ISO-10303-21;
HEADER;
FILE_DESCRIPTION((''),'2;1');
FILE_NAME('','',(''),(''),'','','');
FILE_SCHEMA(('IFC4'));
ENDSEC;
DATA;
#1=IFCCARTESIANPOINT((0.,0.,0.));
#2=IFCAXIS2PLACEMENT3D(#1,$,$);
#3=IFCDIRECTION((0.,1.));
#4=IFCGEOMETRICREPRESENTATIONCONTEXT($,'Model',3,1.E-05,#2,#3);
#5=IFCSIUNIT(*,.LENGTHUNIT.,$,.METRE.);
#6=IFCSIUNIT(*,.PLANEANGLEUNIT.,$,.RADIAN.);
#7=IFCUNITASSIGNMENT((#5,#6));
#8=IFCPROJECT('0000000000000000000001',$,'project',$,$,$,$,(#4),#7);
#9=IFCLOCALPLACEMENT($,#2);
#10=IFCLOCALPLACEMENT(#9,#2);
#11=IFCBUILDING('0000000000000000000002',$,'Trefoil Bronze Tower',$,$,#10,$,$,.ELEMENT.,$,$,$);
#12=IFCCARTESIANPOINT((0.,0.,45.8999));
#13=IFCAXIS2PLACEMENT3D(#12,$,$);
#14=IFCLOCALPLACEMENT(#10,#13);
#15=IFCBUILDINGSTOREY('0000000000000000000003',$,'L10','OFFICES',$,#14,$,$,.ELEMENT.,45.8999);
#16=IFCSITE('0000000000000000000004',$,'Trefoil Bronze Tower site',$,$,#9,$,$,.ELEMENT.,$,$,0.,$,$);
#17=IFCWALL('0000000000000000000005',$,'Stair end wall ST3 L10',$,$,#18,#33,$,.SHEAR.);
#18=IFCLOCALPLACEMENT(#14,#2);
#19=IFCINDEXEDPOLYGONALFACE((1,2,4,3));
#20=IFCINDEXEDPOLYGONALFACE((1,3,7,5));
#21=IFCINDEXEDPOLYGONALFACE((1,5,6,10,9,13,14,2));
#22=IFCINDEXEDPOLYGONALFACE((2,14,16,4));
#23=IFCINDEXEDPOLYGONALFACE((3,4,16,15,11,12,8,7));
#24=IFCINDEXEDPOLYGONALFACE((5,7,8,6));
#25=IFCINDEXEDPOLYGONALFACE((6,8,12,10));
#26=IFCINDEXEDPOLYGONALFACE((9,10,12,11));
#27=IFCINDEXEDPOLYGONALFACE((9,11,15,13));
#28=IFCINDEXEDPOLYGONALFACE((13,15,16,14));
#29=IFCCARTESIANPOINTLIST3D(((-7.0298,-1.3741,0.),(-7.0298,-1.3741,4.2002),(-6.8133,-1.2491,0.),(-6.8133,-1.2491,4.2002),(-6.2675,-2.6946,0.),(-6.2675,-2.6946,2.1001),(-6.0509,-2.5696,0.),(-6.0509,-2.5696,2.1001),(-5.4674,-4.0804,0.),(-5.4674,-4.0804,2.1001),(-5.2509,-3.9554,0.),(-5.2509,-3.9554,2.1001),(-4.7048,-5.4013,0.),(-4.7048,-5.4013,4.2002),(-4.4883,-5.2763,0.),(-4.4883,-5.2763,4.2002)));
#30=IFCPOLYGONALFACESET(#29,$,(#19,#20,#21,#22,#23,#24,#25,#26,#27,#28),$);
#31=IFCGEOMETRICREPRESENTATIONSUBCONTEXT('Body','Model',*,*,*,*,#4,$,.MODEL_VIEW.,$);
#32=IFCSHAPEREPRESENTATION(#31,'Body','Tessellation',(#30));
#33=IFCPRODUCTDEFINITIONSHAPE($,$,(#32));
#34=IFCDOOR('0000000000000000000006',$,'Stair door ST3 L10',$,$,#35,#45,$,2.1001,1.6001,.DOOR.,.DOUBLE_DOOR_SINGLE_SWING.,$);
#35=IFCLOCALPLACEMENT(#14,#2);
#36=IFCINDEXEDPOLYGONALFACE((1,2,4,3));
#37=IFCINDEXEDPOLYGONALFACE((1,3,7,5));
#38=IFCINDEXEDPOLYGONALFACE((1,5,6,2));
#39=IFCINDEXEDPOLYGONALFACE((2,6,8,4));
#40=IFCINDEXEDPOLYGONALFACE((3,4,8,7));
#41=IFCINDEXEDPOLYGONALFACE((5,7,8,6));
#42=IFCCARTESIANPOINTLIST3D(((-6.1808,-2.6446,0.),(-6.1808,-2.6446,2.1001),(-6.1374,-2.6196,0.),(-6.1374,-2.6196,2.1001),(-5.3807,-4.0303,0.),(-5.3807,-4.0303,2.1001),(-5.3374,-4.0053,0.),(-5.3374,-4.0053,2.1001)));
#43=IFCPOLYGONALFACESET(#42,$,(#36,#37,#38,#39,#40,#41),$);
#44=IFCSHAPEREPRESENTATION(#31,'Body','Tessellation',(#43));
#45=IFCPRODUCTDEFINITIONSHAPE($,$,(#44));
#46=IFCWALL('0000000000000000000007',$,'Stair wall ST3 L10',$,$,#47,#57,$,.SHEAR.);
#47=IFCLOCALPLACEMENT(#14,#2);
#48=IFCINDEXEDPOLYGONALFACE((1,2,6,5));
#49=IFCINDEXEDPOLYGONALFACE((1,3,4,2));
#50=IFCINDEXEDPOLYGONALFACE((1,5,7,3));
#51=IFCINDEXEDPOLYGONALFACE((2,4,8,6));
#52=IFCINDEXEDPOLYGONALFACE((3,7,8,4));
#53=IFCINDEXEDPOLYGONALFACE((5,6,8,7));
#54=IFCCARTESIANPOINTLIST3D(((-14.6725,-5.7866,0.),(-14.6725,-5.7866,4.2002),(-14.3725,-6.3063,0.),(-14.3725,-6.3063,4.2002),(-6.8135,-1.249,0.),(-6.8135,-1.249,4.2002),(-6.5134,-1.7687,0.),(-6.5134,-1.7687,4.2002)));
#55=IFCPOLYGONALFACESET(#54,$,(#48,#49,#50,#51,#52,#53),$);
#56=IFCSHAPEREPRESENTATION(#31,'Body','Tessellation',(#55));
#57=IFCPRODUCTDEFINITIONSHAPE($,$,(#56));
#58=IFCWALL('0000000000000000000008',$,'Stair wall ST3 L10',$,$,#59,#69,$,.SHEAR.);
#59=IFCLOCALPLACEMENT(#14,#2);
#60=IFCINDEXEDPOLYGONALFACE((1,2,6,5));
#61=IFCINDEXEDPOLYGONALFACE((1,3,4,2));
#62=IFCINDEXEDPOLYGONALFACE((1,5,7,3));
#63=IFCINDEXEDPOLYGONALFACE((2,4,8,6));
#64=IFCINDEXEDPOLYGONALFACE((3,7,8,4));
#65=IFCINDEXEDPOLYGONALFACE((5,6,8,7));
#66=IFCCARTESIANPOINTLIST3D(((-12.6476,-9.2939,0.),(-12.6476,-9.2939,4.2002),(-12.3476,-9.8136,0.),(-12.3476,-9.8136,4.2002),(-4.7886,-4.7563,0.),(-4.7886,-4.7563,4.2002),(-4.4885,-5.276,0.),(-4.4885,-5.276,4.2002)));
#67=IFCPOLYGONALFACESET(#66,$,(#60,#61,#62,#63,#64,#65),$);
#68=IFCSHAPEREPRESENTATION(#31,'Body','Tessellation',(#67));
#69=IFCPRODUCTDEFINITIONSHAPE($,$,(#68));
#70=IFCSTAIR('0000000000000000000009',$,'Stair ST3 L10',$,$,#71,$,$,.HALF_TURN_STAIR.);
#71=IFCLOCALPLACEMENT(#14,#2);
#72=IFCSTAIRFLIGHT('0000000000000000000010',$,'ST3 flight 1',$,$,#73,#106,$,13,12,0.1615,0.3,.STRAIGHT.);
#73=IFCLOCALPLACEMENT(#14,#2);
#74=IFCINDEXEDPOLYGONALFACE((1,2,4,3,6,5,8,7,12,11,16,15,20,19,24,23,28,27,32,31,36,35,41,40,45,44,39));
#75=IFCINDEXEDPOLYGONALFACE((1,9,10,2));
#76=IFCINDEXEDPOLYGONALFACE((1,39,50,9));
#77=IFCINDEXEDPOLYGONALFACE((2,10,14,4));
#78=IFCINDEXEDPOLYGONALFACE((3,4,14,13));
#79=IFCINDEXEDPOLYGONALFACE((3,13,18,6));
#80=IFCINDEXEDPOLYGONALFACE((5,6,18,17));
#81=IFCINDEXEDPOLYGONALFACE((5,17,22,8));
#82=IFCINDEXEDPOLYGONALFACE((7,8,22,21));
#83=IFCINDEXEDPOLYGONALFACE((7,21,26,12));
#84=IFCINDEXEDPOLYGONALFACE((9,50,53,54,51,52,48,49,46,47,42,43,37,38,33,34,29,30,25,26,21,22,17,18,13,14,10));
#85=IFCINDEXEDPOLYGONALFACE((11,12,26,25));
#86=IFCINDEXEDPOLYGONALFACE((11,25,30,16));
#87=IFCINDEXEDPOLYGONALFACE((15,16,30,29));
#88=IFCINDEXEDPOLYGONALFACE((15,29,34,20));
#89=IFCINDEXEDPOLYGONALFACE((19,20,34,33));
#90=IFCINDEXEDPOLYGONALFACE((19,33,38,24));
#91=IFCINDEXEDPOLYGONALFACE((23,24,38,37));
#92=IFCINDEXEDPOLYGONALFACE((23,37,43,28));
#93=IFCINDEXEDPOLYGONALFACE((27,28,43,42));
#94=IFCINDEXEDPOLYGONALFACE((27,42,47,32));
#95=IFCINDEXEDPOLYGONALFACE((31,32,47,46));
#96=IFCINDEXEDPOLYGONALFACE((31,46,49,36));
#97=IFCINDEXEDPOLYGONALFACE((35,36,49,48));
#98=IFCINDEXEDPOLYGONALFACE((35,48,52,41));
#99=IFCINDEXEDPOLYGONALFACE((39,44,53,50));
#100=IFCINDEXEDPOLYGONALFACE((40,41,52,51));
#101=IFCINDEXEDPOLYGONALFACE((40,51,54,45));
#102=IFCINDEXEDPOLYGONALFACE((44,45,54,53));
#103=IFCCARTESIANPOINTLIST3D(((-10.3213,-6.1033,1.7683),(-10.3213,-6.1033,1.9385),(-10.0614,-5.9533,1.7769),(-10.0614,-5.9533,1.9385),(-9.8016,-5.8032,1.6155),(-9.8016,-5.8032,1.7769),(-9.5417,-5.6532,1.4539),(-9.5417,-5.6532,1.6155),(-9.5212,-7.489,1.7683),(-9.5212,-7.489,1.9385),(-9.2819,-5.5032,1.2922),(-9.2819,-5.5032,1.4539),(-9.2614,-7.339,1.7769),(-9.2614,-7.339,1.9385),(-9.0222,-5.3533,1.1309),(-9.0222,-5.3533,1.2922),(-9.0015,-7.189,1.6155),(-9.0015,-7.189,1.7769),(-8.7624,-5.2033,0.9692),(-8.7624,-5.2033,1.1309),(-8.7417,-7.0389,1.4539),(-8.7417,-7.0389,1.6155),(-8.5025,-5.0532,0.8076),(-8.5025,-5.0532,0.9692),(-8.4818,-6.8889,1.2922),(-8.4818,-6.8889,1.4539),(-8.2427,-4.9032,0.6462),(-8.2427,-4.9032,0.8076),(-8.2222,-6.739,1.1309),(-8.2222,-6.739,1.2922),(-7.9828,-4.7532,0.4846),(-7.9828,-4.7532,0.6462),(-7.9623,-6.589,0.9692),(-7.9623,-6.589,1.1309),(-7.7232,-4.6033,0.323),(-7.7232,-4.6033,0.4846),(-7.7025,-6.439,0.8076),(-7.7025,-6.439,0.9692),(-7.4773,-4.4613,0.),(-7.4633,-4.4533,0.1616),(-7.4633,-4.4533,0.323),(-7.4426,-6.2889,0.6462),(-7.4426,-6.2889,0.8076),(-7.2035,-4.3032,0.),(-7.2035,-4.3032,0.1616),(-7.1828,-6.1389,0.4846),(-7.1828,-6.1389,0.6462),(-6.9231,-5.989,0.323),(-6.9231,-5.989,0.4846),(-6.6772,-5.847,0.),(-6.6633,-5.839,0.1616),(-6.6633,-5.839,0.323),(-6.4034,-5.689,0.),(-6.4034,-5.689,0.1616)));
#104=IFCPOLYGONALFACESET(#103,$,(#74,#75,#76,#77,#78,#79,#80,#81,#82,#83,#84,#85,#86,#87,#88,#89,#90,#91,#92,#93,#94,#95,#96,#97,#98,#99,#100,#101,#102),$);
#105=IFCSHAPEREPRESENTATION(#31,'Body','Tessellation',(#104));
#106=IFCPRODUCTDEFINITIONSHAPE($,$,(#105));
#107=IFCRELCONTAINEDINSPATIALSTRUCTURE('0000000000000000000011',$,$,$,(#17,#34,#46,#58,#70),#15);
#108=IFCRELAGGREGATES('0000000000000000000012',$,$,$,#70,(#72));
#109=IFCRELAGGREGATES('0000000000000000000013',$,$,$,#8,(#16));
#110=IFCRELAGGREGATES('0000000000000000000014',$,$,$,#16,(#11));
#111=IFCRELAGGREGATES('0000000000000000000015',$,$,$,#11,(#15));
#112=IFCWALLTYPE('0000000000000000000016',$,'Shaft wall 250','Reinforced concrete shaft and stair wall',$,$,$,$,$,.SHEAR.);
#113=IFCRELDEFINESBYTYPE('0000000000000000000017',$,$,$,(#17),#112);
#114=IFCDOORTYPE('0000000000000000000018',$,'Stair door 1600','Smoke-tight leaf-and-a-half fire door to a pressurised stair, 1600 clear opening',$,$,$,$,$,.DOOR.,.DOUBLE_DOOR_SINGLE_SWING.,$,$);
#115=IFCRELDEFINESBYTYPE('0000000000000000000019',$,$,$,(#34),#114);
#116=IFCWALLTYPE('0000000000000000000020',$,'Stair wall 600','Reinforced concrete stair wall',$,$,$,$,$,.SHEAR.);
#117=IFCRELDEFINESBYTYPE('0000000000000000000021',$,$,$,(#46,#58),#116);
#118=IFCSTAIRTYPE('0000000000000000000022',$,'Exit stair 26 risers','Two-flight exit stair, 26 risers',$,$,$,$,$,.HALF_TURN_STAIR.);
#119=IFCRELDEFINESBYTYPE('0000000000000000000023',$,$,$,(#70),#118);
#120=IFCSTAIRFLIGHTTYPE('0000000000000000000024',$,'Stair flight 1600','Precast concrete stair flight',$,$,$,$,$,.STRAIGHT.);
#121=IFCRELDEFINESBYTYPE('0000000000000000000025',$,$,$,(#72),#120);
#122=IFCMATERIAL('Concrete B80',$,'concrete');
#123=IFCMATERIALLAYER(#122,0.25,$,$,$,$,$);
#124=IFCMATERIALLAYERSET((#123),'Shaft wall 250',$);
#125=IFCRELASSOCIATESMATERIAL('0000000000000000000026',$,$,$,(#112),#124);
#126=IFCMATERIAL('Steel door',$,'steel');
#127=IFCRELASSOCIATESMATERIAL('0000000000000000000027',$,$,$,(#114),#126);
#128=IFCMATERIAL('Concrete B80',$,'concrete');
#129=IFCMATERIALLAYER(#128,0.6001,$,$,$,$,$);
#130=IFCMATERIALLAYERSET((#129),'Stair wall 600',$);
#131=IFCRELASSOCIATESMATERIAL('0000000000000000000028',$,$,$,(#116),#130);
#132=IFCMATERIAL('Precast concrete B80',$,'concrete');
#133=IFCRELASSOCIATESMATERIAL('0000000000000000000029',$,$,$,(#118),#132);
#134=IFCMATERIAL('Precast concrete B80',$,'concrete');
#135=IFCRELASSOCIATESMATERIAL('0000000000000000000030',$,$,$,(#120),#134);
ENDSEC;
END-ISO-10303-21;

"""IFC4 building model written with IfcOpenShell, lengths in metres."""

from ifc_helpers import new_model, si_unit, direction, frame, frame_2d, origin, place, context, subcontext, project, spatial, polyline, rectangle, outline, extrude, material, layer, layer_set, type_object, element, fill, aggregate, save


model = new_model("IFC4")

# Units and contexts
model_context = context("Model", 3, precision=1e-05, world=origin(), true_north=direction((0.0, 1.0)))
body_context = subcontext(model_context, "Body", "Model", "MODEL_VIEW")
ifc_project = project(units=[si_unit("LENGTHUNIT", "METRE"), si_unit("PLANEANGLEUNIT", "RADIAN")], contexts=[model_context])

# Site, building, storey
site_placement = place(None, origin())
site = spatial("IfcSite", under=ifc_project, at=site_placement, Name="Trefoil Bronze Tower site", CompositionType="ELEMENT", RefElevation=0.0)
building_placement = place(site_placement, origin())
building = spatial("IfcBuilding", under=site, at=building_placement, Name="Trefoil Bronze Tower", CompositionType="ELEMENT")
storey_placement = place(building_placement, frame((0.0, 0.0, 45.8999)))
storey = spatial("IfcBuildingStorey", under=building, at=storey_placement, Name="L10", Description="OFFICES", CompositionType="ELEMENT", Elevation=45.8999)

# Shared definitions
ifc_material_1 = material(Name="Concrete B80", Category="concrete")
ifc_layer_1 = layer(ifc_material_1, 0.25)
ifc_layer_set_1 = layer_set([ifc_layer_1], Name="Shaft wall 250")
wall_type_1 = type_object("IfcWallType", Name="Shaft wall 250", Description="Reinforced concrete shaft and stair wall", PredefinedType="SHEAR", material=ifc_layer_set_1)

# Wall, opening, door
wall_1_placement = place(storey_placement, frame((-6.9216, -1.3115, 0.0), z_axis=(0.0, 0.0, 1.0), x_axis=(0.499985, -0.866034, 0.0)))
wall_1 = element("IfcWall", 1, at=wall_1_placement, inside=storey, type_object=wall_type_1, Name="Stair end wall ST3 L10", PredefinedType="SHEAR", context=body_context, shape_type="SweptSolid", body=[
    extrude(rectangle(XDim=4.6501, YDim=0.25, at=frame_2d((2.3252, 0.0))), origin(), (0.0, 0.0, 1.0), 4.2002),
])
opening_1_placement = place(wall_1_placement, frame((1.5249, 0.0, 0.0)))
opening_1 = element("IfcOpeningElement", 2, at=opening_1_placement, cuts=wall_1, PredefinedType="OPENING", context=body_context, shape_type="SweptSolid", body=[
    extrude(rectangle(XDim=1.6001, YDim=2.1001, at=frame_2d((0.8, 1.05))), frame((0.0, 0.135, 0.0), z_axis=(0.0, -1.0, 0.0), x_axis=(1.0, 0.0, 0.0)), (0.0, 0.0, 1.0), 0.27),
])
ifc_material_2 = material(Name="Steel door", Category="steel")
door_type_1 = type_object("IfcDoorType", Name="Stair door 1600", Description="Smoke-tight leaf-and-a-half fire door to a pressurised stair, 1600 clear opening", OperationType="DOUBLE_DOOR_SINGLE_SWING", PredefinedType="DOOR", material=ifc_material_2)
door_1_placement = place(opening_1_placement, frame((1.6001, 0.0, 0.0), z_axis=(0.0, 0.0, 1.0), x_axis=(-1.0, 0.0, 0.0)))
door_1 = element("IfcDoor", 3, at=door_1_placement, inside=storey, type_object=door_type_1, Name="Stair door ST3 L10", OperationType="DOUBLE_DOOR_SINGLE_SWING", OverallHeight=2.1001, OverallWidth=1.6001, PredefinedType="DOOR", context=body_context, shape_type="SweptSolid", body=[
    extrude(rectangle(XDim=1.6001, YDim=2.1001, at=frame_2d((0.8, 1.05))), frame((0.0, 0.0249, 0.0), z_axis=(0.0, -1.0, 0.0), x_axis=(1.0, 0.0, 0.0)), (0.0, 0.0, 1.0), 0.05),
])
fill(opening_1, door_1)

# Walls
ifc_material_3 = material(Name="Concrete B80", Category="concrete")
ifc_layer_2 = layer(ifc_material_3, 0.6001)
ifc_layer_set_2 = layer_set([ifc_layer_2], Name="Stair wall 600")
wall_type_2 = type_object("IfcWallType", Name="Stair wall 600", Description="Reinforced concrete stair wall", PredefinedType="SHEAR", material=ifc_layer_set_2)
for number, where, z_axis, x_axis, name in (
    (4, (-6.6633, -1.5088, 0.0), (0.0, 0.0, 1.0), (-0.866019, -0.50001, 0.0), "Stair wall ST3 L10"),
    (5, (-4.6384, -5.0161, 0.0), (0.0, 0.0, 1.0), (-0.866019, -0.50001, 0.0), "Stair wall ST3 L10"),
):
    element("IfcWall", number, at=place(storey_placement, frame(where, z_axis=z_axis, x_axis=x_axis)), inside=storey, type_object=wall_type_2, Name=name, PredefinedType="SHEAR", context=body_context, shape_type="SweptSolid", body=[
        extrude(rectangle(XDim=9.075, YDim=0.6001, at=frame_2d((4.5376, 0.0))), origin(), (0.0, 0.0, 1.0), 4.2002),
    ])

# Stair, stair flight
ifc_material_4 = material(Name="Precast concrete B80", Category="concrete")
stair_type = type_object("IfcStairType", Name="Exit stair 26 risers", Description="Two-flight exit stair, 26 risers", PredefinedType="HALF_TURN_STAIR", material=ifc_material_4)
stair_placement = place(storey_placement, origin())
stair = element("IfcStair", 6, at=stair_placement, inside=storey, type_object=stair_type, Name="Stair ST3 L10", PredefinedType="HALF_TURN_STAIR")
ifc_material_5 = material(Name="Precast concrete B80", Category="concrete")
stair_flight_type = type_object("IfcStairFlightType", Name="Stair flight 1600", Description="Precast concrete stair flight", PredefinedType="STRAIGHT", material=ifc_material_5)
stair_flight_placement = place(storey_placement, frame((-6.8035, -4.9961, 0.0), z_axis=(0.0, 0.0, 1.0), x_axis=(-0.866025, -0.5, 0.0)))
stair_flight = element("IfcStairFlight", 7, at=stair_flight_placement, type_object=stair_flight_type, Name="ST3 flight 1", NumberOfRisers=13, NumberOfTreads=12, PredefinedType="STRAIGHT", RiserHeight=0.1615, TreadLength=0.3, context=body_context, shape_type="SweptSolid", body=[
    extrude(outline(polyline([(0.0, 0.0), (0.0, 0.1616), (0.3, 0.1616), (0.3, 0.323), (0.6001, 0.323), (0.6001, 0.4846), (0.8999, 0.4846), (0.8999, 0.6462), (1.2, 0.6462), (1.2, 0.8076), (1.5, 0.8076), (1.5, 0.9692), (1.8, 0.9692), (1.8, 1.1309), (2.1001, 1.1309), (2.1001, 1.2922), (2.3999, 1.2922), (2.3999, 1.4539), (2.7, 1.4539), (2.7, 1.6155), (3.0, 1.6155), (3.0, 1.7769), (3.3, 1.7769), (3.3, 1.9385), (3.6001, 1.9385), (3.6001, 2.1001), (3.6001, 1.7683), (0.3162, 0.0), (0.0, 0.0)])), frame((0.0, 0.8, 0.0), z_axis=(0.0, -1.0, 0.0), x_axis=(1.0, 0.0, 0.0)), (0.0, 0.0, 1.0), 1.6001),
])
aggregate(stair, [stair_flight])

save(model, "model.ifc")
